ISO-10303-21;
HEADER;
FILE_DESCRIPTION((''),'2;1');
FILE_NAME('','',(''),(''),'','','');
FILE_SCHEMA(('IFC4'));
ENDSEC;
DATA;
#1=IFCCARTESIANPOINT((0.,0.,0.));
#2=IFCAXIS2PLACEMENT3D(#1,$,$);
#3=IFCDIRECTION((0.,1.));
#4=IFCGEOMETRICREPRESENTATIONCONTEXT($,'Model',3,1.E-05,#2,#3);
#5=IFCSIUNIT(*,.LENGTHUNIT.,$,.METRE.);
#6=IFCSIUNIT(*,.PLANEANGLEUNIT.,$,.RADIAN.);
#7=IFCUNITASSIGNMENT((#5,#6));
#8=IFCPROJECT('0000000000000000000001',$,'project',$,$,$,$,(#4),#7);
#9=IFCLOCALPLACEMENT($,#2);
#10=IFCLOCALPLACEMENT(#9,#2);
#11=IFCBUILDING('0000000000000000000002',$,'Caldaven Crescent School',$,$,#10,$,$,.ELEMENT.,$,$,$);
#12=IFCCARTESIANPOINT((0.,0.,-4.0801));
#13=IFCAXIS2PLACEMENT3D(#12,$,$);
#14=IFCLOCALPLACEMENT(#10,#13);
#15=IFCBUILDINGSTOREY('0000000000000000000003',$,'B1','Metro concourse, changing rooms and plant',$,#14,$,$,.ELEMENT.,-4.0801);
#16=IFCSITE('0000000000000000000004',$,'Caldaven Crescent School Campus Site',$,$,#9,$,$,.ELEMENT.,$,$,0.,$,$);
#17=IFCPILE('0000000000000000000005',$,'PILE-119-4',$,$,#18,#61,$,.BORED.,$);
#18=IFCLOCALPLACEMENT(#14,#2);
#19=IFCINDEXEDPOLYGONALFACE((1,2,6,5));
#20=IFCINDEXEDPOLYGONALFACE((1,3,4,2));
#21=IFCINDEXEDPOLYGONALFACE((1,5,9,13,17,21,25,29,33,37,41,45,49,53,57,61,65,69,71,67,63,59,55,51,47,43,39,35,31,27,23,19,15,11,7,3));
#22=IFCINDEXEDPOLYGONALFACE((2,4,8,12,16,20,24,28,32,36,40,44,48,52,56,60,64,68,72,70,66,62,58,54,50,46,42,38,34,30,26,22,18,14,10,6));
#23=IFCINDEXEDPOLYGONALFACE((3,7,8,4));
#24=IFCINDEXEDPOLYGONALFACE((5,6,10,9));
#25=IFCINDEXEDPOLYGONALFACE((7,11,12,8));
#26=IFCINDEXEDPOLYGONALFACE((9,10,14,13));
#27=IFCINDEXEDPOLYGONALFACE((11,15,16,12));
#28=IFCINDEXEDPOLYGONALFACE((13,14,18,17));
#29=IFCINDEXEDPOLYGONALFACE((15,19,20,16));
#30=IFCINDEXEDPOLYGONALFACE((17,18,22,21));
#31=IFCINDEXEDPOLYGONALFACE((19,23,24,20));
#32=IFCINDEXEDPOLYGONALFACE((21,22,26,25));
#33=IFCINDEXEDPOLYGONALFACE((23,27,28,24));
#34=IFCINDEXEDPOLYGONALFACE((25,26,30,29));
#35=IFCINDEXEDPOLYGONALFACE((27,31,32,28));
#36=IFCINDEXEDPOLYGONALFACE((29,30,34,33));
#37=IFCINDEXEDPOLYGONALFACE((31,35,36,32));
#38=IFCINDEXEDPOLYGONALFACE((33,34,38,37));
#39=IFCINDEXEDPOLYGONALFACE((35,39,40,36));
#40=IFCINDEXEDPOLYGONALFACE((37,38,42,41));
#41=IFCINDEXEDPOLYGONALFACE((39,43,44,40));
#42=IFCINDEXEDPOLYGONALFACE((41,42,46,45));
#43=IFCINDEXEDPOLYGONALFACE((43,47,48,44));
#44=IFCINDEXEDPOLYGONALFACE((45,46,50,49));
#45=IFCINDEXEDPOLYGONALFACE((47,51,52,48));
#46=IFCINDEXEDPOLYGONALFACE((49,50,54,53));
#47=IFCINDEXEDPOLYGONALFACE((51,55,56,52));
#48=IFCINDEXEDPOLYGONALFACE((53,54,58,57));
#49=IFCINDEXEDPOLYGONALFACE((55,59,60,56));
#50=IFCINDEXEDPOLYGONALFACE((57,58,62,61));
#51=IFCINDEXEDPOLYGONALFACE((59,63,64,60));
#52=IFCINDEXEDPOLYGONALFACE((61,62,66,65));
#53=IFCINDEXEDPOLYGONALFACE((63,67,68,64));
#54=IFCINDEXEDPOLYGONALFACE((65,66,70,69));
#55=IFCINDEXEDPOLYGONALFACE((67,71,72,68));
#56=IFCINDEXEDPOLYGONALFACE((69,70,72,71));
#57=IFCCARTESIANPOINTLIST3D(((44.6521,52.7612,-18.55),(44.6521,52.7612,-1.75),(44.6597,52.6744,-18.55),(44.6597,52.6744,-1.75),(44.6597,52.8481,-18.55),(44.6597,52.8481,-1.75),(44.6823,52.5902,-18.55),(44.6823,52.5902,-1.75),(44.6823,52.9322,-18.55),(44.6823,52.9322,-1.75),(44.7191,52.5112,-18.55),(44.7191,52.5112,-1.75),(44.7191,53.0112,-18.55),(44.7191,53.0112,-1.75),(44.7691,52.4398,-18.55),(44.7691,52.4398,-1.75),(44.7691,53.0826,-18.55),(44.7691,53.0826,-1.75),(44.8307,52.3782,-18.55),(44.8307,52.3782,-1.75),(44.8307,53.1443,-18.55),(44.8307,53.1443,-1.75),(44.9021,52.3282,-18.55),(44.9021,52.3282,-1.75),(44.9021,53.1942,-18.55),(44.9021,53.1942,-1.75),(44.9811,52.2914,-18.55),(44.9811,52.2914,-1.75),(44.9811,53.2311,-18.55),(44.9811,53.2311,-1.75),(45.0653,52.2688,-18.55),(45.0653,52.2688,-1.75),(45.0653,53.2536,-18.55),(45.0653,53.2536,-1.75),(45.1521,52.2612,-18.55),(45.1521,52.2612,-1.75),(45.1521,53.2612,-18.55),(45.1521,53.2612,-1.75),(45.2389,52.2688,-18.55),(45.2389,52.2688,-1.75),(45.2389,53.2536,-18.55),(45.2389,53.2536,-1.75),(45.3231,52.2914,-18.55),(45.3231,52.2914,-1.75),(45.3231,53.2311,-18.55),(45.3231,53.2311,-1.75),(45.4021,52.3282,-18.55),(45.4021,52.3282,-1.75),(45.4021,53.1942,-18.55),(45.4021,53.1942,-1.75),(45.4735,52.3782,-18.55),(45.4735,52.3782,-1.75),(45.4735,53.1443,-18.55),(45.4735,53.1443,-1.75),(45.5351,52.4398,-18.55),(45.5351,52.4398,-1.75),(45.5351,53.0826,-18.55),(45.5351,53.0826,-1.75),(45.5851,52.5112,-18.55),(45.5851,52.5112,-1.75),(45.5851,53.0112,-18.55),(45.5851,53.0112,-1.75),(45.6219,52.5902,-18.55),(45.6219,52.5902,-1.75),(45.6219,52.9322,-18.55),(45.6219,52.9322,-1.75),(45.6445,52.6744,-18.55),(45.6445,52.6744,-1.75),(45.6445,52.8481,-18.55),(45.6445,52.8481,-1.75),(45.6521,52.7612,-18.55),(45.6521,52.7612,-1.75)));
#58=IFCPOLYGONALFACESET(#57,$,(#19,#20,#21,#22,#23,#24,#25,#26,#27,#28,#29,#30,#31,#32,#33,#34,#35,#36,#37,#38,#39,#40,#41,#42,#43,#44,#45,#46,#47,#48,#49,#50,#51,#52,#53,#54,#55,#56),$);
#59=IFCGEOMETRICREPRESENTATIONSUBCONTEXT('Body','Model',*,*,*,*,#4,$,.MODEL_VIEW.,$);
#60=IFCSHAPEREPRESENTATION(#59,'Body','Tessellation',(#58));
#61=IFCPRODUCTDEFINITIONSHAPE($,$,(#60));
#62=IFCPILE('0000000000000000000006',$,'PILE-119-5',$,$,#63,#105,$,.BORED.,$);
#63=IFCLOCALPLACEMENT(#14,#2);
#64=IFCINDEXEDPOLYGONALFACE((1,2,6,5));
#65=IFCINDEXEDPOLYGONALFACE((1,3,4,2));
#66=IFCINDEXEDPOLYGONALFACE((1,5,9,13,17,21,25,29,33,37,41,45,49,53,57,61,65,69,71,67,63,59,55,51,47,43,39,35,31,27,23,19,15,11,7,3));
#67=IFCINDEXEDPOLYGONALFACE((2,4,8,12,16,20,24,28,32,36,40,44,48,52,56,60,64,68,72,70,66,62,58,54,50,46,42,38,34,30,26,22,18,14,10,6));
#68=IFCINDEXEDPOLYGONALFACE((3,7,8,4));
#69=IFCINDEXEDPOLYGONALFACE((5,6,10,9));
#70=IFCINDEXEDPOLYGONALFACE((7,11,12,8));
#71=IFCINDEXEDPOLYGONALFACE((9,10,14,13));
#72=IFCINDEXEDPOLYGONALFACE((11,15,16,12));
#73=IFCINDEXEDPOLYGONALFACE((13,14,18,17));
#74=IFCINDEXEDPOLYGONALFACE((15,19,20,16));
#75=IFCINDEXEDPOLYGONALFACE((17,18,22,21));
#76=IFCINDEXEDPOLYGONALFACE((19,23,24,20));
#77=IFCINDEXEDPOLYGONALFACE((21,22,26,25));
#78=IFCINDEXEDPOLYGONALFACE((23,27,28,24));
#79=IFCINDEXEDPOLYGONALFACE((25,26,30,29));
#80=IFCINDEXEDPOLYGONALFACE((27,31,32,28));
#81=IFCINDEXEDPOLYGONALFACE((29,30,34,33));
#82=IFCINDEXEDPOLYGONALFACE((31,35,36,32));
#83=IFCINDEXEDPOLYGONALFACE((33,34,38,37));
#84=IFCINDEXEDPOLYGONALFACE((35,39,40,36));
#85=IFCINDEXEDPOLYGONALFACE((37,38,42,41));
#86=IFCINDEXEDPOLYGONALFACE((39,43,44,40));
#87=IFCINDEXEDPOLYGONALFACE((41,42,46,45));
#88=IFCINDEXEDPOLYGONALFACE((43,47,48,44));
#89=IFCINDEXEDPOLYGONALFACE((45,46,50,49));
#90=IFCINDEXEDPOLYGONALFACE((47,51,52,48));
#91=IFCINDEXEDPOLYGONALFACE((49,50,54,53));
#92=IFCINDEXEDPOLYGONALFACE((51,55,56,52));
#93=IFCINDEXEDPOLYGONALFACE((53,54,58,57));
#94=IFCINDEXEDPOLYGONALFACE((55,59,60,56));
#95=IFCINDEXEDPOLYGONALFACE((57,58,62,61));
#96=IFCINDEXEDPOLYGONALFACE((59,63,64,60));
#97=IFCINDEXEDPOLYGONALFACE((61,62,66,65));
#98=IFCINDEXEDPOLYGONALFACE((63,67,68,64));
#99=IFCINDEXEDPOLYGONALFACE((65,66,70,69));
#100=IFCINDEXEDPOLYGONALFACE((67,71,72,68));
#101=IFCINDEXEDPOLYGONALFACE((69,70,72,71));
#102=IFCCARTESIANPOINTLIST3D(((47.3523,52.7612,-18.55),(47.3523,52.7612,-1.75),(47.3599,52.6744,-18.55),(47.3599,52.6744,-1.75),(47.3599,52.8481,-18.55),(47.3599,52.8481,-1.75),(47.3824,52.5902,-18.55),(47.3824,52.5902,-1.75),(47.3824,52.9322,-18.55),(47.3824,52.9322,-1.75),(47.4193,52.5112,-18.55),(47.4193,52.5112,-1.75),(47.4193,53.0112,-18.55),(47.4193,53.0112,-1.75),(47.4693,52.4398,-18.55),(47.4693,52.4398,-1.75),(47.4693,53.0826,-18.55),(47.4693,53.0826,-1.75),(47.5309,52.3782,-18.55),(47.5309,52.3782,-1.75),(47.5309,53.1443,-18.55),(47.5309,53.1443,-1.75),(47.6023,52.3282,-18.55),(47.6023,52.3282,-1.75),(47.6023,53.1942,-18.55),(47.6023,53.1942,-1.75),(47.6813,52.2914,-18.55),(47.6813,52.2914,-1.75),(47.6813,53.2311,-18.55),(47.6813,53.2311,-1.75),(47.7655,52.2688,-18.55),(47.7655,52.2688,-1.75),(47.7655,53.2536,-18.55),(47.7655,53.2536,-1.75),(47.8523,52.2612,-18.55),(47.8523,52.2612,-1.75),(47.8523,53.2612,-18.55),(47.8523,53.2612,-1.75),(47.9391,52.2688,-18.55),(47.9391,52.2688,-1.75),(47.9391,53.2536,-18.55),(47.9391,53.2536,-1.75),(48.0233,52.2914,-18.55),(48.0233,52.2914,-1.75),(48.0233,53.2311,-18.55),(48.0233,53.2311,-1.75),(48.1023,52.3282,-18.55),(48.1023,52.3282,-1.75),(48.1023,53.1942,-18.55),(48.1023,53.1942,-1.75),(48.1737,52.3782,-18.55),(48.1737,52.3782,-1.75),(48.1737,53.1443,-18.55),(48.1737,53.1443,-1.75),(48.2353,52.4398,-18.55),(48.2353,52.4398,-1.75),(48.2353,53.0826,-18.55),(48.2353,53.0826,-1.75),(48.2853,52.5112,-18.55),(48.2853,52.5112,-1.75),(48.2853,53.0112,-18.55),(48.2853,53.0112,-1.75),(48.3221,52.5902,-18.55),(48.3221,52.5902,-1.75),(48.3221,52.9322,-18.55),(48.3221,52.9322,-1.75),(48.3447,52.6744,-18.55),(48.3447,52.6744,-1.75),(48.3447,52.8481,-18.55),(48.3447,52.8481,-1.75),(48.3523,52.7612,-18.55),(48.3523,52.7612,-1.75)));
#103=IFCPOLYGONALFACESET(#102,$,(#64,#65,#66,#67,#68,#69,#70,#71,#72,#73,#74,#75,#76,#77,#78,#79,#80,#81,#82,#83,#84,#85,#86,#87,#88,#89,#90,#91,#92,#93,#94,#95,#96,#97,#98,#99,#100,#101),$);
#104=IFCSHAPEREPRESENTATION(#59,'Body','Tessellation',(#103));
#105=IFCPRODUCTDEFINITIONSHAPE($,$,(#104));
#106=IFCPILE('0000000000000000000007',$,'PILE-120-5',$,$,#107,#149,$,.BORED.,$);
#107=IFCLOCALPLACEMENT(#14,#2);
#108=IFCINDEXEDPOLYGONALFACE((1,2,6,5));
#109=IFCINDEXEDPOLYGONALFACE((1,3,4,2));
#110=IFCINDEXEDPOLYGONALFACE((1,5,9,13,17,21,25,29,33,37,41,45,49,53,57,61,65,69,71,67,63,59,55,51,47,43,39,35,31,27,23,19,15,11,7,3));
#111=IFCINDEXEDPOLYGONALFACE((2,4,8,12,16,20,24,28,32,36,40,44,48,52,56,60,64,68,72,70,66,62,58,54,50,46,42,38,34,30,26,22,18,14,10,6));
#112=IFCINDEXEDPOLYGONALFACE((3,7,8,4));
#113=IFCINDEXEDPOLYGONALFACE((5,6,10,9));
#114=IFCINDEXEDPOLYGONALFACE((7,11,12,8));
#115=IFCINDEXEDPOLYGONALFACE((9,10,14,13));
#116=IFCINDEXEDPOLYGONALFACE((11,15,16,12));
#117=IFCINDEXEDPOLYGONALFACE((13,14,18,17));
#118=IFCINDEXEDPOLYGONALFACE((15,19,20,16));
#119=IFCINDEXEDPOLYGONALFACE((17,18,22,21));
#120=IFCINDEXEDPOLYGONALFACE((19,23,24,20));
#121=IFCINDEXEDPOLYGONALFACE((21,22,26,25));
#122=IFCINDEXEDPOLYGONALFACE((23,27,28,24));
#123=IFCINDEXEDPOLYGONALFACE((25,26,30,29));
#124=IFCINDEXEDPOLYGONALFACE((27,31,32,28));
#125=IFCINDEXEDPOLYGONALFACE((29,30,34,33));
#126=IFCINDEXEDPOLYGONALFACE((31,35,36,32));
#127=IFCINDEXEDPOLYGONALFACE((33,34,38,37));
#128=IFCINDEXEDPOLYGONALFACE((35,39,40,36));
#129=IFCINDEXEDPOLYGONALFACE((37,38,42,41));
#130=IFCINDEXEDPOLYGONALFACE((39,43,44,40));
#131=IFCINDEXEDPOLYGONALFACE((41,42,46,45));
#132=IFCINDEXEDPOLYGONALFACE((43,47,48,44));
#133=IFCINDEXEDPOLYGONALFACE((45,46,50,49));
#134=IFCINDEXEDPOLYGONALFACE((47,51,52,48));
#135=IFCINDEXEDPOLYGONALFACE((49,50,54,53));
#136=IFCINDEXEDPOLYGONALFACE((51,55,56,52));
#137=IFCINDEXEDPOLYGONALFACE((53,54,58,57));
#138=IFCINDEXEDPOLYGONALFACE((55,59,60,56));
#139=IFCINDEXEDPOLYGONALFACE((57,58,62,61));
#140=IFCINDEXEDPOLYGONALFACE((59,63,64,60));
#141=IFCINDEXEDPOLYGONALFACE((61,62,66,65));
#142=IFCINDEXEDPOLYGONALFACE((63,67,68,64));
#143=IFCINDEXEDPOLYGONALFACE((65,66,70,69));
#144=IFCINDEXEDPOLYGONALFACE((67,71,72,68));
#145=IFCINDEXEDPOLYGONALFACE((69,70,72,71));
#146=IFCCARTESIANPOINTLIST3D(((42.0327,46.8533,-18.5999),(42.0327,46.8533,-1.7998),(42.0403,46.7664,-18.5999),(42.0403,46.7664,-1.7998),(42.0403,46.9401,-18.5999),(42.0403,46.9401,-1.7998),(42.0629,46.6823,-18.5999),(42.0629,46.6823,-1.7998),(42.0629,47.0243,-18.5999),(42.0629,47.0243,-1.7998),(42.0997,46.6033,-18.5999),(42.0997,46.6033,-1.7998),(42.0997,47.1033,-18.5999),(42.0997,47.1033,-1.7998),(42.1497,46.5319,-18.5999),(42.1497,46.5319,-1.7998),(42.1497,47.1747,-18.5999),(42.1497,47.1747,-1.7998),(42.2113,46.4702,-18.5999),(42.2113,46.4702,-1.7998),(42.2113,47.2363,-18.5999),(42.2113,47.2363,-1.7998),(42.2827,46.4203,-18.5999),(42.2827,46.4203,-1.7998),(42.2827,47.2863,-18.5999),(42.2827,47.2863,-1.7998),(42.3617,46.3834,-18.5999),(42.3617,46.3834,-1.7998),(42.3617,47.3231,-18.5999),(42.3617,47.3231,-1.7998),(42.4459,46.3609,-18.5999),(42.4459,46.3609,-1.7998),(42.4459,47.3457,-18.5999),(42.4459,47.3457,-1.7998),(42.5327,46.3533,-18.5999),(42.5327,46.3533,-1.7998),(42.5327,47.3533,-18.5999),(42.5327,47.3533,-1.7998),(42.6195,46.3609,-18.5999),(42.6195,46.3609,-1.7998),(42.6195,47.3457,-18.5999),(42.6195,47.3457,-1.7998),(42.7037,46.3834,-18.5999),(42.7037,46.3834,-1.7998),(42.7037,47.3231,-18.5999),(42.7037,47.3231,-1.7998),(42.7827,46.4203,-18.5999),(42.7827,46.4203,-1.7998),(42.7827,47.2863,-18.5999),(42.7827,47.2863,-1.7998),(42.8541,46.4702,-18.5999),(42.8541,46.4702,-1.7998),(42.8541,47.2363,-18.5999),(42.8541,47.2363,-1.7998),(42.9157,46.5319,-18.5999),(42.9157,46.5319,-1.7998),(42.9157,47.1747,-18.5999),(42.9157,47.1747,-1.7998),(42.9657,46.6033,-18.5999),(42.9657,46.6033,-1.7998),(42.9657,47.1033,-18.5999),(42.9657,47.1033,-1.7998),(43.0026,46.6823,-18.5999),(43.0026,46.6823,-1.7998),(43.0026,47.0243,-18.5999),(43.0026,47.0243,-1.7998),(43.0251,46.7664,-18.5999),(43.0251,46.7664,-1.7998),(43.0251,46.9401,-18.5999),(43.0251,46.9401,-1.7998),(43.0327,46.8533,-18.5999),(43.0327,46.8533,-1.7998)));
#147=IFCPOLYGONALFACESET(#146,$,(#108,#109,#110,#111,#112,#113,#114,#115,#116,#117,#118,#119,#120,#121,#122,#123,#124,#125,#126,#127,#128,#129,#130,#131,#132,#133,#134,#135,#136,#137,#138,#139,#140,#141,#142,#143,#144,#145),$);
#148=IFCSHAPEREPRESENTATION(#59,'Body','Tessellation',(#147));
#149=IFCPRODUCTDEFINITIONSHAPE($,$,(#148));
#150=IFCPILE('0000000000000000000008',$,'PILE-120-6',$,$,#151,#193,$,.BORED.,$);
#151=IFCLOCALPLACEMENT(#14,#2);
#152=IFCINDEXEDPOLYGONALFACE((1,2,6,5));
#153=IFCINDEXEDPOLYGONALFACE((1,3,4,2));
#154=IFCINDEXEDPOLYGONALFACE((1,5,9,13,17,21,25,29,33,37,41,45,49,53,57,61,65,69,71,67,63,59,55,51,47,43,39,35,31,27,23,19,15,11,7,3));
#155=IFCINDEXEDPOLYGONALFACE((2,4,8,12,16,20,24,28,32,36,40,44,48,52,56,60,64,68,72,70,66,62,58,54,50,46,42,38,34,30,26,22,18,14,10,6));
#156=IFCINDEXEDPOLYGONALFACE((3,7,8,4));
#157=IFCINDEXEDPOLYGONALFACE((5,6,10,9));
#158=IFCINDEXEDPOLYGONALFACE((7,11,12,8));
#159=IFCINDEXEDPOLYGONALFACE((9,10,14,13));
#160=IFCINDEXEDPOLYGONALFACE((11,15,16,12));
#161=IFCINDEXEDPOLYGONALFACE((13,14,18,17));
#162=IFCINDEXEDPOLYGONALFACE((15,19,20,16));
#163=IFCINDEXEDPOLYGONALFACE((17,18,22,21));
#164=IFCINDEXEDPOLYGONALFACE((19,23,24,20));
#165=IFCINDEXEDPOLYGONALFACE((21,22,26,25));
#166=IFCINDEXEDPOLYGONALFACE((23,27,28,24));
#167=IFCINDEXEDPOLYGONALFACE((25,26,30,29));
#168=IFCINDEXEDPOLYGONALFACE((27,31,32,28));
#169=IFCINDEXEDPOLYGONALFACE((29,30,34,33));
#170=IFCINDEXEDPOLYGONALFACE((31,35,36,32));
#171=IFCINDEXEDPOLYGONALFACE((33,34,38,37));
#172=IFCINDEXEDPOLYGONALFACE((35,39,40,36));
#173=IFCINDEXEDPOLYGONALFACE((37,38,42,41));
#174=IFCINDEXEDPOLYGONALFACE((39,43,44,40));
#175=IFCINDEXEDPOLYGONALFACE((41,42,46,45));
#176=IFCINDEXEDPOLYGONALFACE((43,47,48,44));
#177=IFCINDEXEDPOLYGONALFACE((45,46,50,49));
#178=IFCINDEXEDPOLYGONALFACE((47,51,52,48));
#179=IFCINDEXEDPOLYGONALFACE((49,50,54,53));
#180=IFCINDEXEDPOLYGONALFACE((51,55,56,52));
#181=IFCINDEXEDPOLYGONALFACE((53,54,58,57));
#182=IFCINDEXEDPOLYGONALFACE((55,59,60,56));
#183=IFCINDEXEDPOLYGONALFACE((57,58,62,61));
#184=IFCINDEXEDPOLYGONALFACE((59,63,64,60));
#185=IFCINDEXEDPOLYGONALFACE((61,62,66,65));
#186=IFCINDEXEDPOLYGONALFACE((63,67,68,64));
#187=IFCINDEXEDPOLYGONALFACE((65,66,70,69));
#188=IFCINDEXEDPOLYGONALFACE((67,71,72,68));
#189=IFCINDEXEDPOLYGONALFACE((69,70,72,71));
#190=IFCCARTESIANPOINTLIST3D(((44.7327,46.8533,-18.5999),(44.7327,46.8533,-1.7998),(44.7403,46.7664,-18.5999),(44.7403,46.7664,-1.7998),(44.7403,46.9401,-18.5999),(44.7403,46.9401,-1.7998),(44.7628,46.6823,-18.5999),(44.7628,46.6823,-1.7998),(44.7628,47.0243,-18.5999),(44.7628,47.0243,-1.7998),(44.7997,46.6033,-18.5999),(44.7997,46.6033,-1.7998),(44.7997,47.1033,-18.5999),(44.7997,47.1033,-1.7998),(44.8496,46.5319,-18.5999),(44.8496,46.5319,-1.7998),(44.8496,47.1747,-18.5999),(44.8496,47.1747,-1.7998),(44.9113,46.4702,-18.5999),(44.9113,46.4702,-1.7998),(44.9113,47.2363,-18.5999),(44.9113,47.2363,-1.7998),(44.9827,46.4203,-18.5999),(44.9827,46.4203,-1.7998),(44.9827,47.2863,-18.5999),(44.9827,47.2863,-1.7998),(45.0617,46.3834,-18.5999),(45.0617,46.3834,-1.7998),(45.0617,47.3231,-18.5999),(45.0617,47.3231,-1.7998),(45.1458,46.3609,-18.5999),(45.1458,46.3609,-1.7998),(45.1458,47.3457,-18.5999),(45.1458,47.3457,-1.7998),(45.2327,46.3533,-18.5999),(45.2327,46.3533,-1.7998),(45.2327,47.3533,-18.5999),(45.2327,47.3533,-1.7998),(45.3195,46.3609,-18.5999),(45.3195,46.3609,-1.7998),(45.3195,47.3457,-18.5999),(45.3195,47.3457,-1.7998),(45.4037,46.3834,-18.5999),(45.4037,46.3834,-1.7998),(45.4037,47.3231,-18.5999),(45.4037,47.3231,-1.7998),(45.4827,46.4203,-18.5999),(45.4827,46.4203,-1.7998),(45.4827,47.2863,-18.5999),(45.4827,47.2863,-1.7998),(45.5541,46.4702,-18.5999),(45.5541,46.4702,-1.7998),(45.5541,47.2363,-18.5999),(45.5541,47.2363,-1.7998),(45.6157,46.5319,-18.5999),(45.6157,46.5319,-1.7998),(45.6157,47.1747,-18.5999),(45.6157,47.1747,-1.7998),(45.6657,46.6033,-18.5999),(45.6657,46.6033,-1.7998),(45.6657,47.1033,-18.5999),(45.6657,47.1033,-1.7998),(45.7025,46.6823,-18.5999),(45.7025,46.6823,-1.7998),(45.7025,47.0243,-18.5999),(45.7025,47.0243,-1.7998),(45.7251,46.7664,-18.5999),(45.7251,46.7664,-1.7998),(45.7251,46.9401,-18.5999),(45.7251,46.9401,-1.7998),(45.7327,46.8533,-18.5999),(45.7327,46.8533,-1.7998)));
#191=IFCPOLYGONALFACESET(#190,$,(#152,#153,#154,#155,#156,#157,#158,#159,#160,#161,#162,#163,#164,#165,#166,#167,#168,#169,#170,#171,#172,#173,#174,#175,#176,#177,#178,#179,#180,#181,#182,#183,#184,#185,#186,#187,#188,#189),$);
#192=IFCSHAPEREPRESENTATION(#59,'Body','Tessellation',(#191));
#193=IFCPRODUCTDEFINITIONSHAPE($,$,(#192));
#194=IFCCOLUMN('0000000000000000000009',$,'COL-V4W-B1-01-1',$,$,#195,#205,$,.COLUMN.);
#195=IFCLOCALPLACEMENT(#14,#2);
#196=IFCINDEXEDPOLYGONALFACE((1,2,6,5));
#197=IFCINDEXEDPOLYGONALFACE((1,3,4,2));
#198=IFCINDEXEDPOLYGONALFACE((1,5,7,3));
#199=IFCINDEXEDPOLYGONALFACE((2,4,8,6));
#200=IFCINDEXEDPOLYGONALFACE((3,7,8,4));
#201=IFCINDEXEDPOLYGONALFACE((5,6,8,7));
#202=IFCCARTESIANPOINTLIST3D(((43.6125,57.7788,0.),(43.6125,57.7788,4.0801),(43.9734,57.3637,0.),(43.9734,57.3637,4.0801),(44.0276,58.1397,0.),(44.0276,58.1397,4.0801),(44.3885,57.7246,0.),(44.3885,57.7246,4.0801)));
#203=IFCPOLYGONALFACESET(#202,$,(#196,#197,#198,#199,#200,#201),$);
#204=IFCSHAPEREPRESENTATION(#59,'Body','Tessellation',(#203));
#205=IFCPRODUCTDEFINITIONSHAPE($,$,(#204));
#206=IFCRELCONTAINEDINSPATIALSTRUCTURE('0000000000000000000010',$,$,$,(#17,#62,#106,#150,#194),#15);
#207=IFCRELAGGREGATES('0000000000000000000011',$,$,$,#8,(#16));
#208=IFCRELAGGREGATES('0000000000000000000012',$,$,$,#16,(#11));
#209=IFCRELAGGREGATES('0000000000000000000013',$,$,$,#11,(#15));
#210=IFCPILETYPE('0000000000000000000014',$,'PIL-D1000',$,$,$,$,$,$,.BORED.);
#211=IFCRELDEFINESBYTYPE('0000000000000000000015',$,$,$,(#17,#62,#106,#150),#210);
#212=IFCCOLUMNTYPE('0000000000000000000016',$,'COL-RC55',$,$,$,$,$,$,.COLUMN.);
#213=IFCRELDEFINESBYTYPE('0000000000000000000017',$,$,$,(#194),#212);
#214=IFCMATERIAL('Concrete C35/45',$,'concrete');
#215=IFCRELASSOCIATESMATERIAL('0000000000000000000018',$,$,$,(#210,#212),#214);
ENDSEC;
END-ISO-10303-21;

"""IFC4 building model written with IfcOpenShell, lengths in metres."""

from ifc_helpers import new_model, si_unit, direction, frame, origin, origin_2d, place, context, subcontext, project, spatial, rectangle, circle, extrude, material, material_profile, profile_set, type_object, element, save


model = new_model("IFC4")

# Units and contexts
model_context = context("Model", 3, precision=1e-05, world=origin(), true_north=direction((0.0, 1.0)))
body_context = subcontext(model_context, "Body", "Model", "MODEL_VIEW")
ifc_project = project(units=[si_unit("LENGTHUNIT", "METRE"), si_unit("PLANEANGLEUNIT", "RADIAN")], contexts=[model_context])

# Site, building, storey
site_placement = place(None, origin())
site = spatial("IfcSite", under=ifc_project, at=site_placement, Name="Caldaven Crescent School Campus Site", CompositionType="ELEMENT", RefElevation=0.0)
building_placement = place(site_placement, origin())
building = spatial("IfcBuilding", under=site, at=building_placement, Name="Caldaven Crescent School", CompositionType="ELEMENT")
storey_placement = place(building_placement, frame((0.0, 0.0, -4.0801)))
storey = spatial("IfcBuildingStorey", under=building, at=storey_placement, Name="B1", Description="Metro concourse, changing rooms and plant", CompositionType="ELEMENT", Elevation=-4.0801)

# Shared definitions
ifc_material_1 = material(Name="Concrete C35/45", Category="concrete")

# Piles
ifc_material_profile_1 = material_profile(ifc_material_1, circle(Radius=0.5, at=origin_2d()), Name="PILE D1000")
ifc_profile_set_1 = profile_set([ifc_material_profile_1], Name="Concrete C35/45")
pile_type = type_object("IfcPileType", Name="PIL-D1000", PredefinedType="BORED", material=ifc_profile_set_1)
for number, where, z_axis, x_axis, name in (
    (1, (45.1521, 52.7612, -1.75), (0.0, 0.0, -1.0), (1.0, 0.0, 0.0), "PILE-119-4"),
    (2, (47.8523, 52.7612, -1.75), (0.0, 0.0, -1.0), (1.0, 0.0, 0.0), "PILE-119-5"),
    (3, (42.5327, 46.8533, -1.7998), (0.0, 0.0, -1.0), (1.0, 0.0, 0.0), "PILE-120-5"),
    (4, (45.2327, 46.8533, -1.7998), (0.0, 0.0, -1.0), (1.0, 0.0, 0.0), "PILE-120-6"),
):
    element("IfcPile", number, at=place(storey_placement, frame(where, z_axis=z_axis, x_axis=x_axis)), inside=storey, type_object=pile_type, Name=name, PredefinedType="BORED", context=body_context, shape_type="SweptSolid", body=[
        extrude(circle(Radius=0.5, at=origin_2d()), origin(), (0.0, 0.0, 1.0), 16.8),
    ])

# Column
ifc_material_profile_2 = material_profile(ifc_material_1, rectangle(XDim=0.55, YDim=0.55, at=origin_2d()), Name="RC 550x550")
ifc_profile_set_2 = profile_set([ifc_material_profile_2], Name="Concrete C35/45")
column_type = type_object("IfcColumnType", Name="COL-RC55", PredefinedType="COLUMN", material=ifc_profile_set_2)
for number, where, z_axis, x_axis, name in (
    (5, (44.0005, 57.7517, 0.0), (0.0, 0.0, 1.0), (-0.75471, -0.656059, 0.0), "COL-V4W-B1-01-1"),
):
    element("IfcColumn", number, at=place(storey_placement, frame(where, z_axis=z_axis, x_axis=x_axis)), inside=storey, type_object=column_type, Name=name, PredefinedType="COLUMN", context=body_context, shape_type="SweptSolid", body=[
        extrude(rectangle(XDim=0.55, YDim=0.55, at=origin_2d()), origin(), (0.0, 0.0, 1.0), 4.0801),
    ])

save(model, "model.ifc")
